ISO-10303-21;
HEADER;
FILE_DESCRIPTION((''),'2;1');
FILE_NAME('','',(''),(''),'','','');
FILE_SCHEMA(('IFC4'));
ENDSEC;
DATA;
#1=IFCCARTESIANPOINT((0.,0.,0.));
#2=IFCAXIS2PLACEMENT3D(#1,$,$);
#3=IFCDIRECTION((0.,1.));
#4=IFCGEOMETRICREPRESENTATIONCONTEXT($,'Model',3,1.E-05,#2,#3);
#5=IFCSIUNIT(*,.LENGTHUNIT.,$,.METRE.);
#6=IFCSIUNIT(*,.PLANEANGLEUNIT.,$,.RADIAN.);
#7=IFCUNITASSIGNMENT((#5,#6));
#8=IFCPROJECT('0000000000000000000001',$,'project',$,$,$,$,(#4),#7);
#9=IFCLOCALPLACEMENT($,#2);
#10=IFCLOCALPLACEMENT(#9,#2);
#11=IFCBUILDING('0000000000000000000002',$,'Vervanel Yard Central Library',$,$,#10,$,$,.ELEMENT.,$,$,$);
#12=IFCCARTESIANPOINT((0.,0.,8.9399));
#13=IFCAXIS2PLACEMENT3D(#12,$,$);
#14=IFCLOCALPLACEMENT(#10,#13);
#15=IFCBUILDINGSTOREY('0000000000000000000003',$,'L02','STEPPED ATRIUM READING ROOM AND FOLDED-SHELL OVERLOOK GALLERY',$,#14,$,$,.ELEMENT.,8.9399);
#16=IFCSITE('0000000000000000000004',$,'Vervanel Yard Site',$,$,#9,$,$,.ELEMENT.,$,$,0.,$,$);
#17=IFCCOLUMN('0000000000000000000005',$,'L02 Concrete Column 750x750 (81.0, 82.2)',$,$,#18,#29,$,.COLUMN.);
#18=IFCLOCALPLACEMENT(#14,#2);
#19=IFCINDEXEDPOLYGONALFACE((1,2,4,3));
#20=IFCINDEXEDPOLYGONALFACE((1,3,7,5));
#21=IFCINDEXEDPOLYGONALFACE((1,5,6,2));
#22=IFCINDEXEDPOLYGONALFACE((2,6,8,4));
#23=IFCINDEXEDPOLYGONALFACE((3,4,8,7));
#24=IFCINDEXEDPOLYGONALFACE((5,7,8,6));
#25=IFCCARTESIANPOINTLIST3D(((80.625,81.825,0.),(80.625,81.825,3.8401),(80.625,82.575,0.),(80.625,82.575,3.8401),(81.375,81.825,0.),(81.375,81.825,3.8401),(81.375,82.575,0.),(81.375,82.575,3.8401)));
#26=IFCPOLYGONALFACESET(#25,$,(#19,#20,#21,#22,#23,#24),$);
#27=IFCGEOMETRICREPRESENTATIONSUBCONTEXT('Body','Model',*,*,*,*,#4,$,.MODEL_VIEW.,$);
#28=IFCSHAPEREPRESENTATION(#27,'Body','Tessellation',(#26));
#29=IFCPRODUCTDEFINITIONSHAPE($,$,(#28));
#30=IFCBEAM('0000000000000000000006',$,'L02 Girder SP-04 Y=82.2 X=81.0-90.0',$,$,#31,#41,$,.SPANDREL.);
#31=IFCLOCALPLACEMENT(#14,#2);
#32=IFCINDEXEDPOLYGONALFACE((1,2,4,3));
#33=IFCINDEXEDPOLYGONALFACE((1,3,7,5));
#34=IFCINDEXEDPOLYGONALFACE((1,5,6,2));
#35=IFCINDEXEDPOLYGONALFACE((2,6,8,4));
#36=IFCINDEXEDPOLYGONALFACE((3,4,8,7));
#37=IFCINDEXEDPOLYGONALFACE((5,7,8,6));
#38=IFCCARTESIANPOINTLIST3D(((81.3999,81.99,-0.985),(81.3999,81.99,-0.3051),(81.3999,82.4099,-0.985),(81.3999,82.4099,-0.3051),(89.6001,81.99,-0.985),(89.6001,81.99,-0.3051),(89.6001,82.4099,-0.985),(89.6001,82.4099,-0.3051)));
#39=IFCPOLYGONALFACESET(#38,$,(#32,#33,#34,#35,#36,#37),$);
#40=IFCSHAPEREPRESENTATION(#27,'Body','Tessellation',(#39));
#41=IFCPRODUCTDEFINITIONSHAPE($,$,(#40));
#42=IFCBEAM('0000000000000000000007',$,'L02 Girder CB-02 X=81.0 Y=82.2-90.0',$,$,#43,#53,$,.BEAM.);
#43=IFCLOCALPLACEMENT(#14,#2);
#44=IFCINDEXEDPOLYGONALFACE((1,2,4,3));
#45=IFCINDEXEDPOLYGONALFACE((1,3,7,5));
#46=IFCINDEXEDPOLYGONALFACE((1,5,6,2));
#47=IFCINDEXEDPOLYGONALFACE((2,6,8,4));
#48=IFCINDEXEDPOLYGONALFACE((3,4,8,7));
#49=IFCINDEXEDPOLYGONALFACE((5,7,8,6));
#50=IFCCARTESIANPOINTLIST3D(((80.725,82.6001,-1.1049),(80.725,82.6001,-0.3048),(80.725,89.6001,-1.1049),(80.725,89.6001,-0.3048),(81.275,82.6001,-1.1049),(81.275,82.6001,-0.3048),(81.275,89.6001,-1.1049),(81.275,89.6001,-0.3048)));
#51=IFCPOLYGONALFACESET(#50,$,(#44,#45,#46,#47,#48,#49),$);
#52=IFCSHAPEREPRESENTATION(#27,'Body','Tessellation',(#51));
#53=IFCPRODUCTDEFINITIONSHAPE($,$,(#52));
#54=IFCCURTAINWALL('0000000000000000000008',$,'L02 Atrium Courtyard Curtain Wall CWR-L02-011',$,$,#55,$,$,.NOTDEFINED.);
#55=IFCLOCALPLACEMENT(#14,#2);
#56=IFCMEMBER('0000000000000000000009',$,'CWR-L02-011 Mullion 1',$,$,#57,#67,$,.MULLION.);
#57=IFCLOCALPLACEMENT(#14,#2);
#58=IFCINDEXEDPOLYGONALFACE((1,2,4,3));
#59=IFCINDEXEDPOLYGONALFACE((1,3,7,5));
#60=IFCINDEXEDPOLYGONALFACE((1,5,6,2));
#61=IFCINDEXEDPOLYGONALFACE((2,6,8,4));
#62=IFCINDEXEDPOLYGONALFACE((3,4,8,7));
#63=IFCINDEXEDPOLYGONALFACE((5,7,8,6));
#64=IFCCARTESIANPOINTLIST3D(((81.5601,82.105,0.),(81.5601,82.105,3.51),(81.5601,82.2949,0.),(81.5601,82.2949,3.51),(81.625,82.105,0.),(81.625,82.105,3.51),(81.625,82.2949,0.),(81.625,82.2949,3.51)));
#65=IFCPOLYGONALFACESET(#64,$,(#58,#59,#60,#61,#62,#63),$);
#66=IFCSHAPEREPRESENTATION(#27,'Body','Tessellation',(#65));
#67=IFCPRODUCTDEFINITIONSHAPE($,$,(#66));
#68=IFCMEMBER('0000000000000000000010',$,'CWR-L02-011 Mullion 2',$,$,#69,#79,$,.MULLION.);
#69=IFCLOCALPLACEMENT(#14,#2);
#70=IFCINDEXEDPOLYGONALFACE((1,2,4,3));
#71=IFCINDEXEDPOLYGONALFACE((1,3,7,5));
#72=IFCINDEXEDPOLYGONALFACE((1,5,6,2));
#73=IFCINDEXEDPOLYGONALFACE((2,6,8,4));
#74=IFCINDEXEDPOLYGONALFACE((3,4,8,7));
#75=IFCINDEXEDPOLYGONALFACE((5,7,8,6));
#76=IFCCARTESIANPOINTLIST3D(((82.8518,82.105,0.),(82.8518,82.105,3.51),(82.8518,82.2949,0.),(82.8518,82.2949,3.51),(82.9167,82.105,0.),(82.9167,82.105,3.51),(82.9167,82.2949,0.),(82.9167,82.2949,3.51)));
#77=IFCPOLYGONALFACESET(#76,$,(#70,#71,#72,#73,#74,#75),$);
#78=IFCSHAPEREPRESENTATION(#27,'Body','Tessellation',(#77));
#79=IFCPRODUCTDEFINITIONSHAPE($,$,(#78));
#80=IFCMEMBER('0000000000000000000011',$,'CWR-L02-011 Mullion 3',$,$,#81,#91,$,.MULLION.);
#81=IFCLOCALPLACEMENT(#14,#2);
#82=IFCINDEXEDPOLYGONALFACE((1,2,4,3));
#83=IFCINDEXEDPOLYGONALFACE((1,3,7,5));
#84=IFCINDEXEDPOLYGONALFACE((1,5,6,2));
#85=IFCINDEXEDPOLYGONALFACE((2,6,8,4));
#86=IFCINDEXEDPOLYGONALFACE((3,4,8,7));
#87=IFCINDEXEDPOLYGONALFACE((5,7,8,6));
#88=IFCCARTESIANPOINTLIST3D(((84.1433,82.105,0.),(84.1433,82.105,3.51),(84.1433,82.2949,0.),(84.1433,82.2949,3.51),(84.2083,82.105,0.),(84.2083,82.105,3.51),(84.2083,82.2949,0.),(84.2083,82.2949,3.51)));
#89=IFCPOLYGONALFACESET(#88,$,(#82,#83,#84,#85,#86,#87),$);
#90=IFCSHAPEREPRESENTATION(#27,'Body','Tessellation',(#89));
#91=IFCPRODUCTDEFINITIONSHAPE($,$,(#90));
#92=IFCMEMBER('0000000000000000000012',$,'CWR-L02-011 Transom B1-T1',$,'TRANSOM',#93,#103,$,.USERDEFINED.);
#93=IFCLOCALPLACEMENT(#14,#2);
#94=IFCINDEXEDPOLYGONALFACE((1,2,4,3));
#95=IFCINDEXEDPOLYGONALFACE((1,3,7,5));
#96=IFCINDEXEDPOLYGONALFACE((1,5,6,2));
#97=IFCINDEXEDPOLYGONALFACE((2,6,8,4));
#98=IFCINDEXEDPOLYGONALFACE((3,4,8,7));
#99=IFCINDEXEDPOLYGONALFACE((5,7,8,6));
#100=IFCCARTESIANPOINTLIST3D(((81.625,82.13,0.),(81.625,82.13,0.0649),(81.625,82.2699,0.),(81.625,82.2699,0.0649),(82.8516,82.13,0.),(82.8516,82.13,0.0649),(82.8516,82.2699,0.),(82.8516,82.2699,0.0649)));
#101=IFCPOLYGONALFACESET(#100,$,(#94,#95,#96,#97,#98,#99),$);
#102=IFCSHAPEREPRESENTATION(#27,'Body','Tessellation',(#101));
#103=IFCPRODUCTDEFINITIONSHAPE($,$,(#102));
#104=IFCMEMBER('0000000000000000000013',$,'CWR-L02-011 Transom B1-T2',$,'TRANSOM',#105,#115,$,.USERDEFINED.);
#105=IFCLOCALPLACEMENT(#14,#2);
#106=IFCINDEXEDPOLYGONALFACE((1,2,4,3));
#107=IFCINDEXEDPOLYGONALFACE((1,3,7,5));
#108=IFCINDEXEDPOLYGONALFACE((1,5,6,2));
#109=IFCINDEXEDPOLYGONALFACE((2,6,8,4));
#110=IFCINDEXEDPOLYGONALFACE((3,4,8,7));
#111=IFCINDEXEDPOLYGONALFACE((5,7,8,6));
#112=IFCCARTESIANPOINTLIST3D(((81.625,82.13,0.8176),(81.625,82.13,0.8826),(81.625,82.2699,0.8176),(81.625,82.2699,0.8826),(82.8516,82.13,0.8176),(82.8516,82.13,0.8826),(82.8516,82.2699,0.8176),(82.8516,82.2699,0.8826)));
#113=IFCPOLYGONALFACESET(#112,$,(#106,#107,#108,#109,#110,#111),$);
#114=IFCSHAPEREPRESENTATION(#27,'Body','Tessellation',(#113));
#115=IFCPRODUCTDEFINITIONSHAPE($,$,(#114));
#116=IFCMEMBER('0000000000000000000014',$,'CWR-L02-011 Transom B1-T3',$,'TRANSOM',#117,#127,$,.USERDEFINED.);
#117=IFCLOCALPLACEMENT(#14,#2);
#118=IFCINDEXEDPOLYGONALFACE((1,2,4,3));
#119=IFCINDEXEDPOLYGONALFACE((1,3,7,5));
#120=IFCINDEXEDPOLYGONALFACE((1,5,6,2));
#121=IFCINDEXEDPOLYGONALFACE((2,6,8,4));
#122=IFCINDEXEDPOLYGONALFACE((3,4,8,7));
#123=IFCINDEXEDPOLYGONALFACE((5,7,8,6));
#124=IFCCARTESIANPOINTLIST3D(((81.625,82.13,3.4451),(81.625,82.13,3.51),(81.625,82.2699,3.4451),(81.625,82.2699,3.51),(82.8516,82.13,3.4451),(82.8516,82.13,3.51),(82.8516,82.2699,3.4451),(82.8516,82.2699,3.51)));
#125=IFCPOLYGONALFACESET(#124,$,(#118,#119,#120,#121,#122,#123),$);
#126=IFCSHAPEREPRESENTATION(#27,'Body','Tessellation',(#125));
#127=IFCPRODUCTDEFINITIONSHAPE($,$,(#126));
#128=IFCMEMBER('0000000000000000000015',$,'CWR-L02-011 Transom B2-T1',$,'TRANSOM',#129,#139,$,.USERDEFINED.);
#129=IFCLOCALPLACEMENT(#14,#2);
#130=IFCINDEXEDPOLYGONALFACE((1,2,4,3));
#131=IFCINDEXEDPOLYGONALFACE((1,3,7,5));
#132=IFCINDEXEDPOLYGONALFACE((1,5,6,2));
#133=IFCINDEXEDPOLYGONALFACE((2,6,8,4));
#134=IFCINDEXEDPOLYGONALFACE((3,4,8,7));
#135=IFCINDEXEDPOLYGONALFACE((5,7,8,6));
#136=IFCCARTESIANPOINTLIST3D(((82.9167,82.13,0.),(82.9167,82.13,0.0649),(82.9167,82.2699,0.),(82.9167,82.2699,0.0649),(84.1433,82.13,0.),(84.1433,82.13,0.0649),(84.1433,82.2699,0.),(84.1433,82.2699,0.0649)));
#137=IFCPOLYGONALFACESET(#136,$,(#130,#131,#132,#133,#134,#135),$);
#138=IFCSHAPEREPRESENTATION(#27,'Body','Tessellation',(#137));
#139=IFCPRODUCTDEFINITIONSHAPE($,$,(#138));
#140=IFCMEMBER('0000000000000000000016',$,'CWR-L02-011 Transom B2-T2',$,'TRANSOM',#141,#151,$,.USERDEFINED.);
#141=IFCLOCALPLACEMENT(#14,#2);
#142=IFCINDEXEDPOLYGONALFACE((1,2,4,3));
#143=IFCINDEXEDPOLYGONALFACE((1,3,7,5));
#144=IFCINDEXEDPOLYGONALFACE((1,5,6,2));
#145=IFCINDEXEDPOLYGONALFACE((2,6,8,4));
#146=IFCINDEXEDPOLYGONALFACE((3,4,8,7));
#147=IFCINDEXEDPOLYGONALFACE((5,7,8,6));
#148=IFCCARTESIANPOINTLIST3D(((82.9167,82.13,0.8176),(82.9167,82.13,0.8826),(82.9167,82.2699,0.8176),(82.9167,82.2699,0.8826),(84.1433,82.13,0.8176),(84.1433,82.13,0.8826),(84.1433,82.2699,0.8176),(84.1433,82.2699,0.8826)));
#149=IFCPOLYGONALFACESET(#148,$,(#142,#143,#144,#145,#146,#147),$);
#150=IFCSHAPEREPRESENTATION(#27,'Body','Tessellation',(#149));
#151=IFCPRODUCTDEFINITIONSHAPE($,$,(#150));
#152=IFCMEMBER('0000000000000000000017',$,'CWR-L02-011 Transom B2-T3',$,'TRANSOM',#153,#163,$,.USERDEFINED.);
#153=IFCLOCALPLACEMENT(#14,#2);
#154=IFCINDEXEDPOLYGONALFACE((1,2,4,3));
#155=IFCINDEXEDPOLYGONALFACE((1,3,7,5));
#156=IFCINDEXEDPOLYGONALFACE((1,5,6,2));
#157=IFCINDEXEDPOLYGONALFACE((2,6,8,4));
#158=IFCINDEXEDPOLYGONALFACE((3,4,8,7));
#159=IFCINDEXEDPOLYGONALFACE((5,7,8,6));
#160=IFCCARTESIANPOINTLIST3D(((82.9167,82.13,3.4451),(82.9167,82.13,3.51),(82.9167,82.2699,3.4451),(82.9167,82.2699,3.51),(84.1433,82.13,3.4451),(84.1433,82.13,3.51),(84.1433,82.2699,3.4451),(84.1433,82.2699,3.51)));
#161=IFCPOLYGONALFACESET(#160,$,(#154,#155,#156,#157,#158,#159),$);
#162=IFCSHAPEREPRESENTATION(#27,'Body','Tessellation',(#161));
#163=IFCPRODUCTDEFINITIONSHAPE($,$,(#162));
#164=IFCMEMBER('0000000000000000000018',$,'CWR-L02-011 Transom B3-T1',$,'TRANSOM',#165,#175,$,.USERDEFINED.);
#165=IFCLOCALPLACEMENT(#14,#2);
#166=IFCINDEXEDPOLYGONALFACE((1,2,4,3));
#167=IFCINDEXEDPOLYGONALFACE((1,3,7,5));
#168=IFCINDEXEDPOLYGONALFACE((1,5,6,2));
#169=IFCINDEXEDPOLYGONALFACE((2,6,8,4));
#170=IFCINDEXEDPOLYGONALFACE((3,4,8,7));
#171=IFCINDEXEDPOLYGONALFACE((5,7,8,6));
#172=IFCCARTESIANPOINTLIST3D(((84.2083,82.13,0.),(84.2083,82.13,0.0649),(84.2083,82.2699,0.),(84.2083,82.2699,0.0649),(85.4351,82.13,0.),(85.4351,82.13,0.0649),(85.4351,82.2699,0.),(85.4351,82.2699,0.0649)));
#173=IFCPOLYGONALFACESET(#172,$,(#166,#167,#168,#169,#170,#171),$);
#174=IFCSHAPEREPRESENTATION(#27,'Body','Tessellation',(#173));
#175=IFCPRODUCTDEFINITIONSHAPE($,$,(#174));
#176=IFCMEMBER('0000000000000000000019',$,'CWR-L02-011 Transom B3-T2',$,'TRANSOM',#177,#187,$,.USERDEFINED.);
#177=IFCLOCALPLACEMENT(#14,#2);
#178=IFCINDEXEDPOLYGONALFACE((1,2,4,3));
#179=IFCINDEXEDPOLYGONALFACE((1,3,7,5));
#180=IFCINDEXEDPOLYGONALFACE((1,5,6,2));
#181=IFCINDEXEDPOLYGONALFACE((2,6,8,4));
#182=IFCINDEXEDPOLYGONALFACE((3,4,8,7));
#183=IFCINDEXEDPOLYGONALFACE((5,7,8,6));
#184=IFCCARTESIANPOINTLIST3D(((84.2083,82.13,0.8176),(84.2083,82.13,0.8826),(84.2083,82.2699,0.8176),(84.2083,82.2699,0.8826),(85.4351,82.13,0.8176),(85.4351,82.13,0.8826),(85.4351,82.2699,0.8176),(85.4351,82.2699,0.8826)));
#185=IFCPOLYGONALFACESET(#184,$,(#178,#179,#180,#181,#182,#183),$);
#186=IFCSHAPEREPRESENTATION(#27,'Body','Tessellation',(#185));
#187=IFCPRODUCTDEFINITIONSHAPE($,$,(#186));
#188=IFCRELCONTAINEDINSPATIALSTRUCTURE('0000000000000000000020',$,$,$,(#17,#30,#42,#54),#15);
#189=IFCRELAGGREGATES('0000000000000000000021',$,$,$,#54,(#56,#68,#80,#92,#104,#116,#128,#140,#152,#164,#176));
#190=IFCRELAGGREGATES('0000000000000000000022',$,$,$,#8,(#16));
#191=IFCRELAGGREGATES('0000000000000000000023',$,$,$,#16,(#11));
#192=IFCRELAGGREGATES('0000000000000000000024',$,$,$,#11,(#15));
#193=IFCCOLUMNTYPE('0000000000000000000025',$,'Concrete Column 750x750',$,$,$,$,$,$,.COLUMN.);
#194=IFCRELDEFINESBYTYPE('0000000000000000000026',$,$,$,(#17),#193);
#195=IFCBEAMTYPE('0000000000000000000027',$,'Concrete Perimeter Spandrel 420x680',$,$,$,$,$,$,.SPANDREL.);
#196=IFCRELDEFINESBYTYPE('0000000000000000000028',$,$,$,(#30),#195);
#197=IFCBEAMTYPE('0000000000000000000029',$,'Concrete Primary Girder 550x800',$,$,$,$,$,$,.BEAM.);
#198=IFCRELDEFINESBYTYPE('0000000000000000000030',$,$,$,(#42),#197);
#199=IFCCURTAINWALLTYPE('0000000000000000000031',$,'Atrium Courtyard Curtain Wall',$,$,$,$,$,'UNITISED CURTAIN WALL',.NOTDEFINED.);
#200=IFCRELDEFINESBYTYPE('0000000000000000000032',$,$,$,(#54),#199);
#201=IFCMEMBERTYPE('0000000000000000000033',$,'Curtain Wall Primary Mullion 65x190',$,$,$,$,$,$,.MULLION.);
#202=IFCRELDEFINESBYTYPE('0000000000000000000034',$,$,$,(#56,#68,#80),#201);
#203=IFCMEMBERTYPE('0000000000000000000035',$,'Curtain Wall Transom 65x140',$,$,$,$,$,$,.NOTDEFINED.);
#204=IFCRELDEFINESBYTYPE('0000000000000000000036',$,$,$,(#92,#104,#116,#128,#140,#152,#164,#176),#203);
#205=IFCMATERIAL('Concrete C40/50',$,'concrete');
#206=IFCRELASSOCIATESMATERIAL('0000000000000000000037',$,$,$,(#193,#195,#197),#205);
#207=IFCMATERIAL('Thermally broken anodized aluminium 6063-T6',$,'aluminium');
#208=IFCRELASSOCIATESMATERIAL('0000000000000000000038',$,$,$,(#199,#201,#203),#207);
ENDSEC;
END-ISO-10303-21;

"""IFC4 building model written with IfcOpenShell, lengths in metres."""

from ifc_helpers import new_model, si_unit, direction, frame, origin, origin_2d, place, context, subcontext, project, spatial, rectangle, extrude, material, material_profile, profile_set, type_object, element, aggregate, save


model = new_model("IFC4")

# Units and contexts
model_context = context("Model", 3, precision=1e-05, world=origin(), true_north=direction((0.0, 1.0)))
body_context = subcontext(model_context, "Body", "Model", "MODEL_VIEW")
ifc_project = project(units=[si_unit("LENGTHUNIT", "METRE"), si_unit("PLANEANGLEUNIT", "RADIAN")], contexts=[model_context])

# Site, building, storey
site_placement = place(None, origin())
site = spatial("IfcSite", under=ifc_project, at=site_placement, Name="Vervanel Yard Site", CompositionType="ELEMENT", RefElevation=0.0)
building_placement = place(site_placement, origin())
building = spatial("IfcBuilding", under=site, at=building_placement, Name="Vervanel Yard Central Library", CompositionType="ELEMENT")
storey_placement = place(building_placement, frame((0.0, 0.0, 8.9399)))
storey = spatial("IfcBuildingStorey", under=building, at=storey_placement, Name="L02", Description="STEPPED ATRIUM READING ROOM AND FOLDED-SHELL OVERLOOK GALLERY", CompositionType="ELEMENT", Elevation=8.9399)

# Column
ifc_material_1 = material(Name="Concrete C40/50", Category="concrete")
ifc_material_profile_1 = material_profile(ifc_material_1, rectangle(XDim=0.75, YDim=0.75, at=origin_2d()), Name="RC 750x750", Category="concrete")
ifc_profile_set_1 = profile_set([ifc_material_profile_1], Name="Concrete C40/50")
column_type = type_object("IfcColumnType", Name="Concrete Column 750x750", PredefinedType="COLUMN", material=ifc_profile_set_1)
column_placement = place(storey_placement, frame((81.0, 82.2, 0.0), z_axis=(0.0, 0.0, 1.0), x_axis=(1.0, 0.0, 0.0)))
element("IfcColumn", 1, at=column_placement, inside=storey, type_object=column_type, Name="L02 Concrete Column 750x750 (81.0, 82.2)", PredefinedType="COLUMN", context=body_context, shape_type="SweptSolid", body=[
    extrude(rectangle(XDim=0.75, YDim=0.75, at=origin_2d()), origin(), (0.0, 0.0, 1.0), 3.8401),
])

# Beams
ifc_material_profile_2 = material_profile(ifc_material_1, rectangle(XDim=0.4199, YDim=0.6799, at=origin_2d()), Name="RC 420x680", Category="concrete")
ifc_profile_set_2 = profile_set([ifc_material_profile_2], Name="Concrete C40/50")
beam_type_1 = type_object("IfcBeamType", Name="Concrete Perimeter Spandrel 420x680", PredefinedType="SPANDREL", material=ifc_profile_set_2)
beam_1_placement = place(storey_placement, frame((81.3999, 82.2, -0.645), z_axis=(1.0, 0.0, 0.0), x_axis=(0.0, 1.0, 0.0)))
element("IfcBeam", 2, at=beam_1_placement, inside=storey, type_object=beam_type_1, Name="L02 Girder SP-04 Y=82.2 X=81.0-90.0", PredefinedType="SPANDREL", context=body_context, shape_type="SweptSolid", body=[
    extrude(rectangle(XDim=0.4199, YDim=0.6799, at=origin_2d()), origin(), (0.0, 0.0, 1.0), 8.2002),
])
ifc_material_profile_3 = material_profile(ifc_material_1, rectangle(XDim=0.55, YDim=0.8, at=origin_2d()), Name="RC 550x800", Category="concrete")
ifc_profile_set_3 = profile_set([ifc_material_profile_3], Name="Concrete C40/50")
beam_type_2 = type_object("IfcBeamType", Name="Concrete Primary Girder 550x800", PredefinedType="BEAM", material=ifc_profile_set_3)
beam_2_placement = place(storey_placement, frame((81.0, 82.6001, -0.7048), z_axis=(0.0, 1.0, 0.0), x_axis=(-1.0, 0.0, 0.0)))
element("IfcBeam", 3, at=beam_2_placement, inside=storey, type_object=beam_type_2, Name="L02 Girder CB-02 X=81.0 Y=82.2-90.0", PredefinedType="BEAM", context=body_context, shape_type="SweptSolid", body=[
    extrude(rectangle(XDim=0.55, YDim=0.8, at=origin_2d()), origin(), (0.0, 0.0, 1.0), 7.0),
])

# Curtain wall, members
ifc_material_2 = material(Name="Thermally broken anodized aluminium 6063-T6", Category="aluminium")
curtain_wall_type = type_object("IfcCurtainWallType", Name="Atrium Courtyard Curtain Wall", ElementType="UNITISED CURTAIN WALL", PredefinedType="NOTDEFINED", material=ifc_material_2)
curtain_wall_placement = place(storey_placement, origin())
curtain_wall = element("IfcCurtainWall", 4, at=curtain_wall_placement, inside=storey, type_object=curtain_wall_type, Name="L02 Atrium Courtyard Curtain Wall CWR-L02-011", PredefinedType="NOTDEFINED")
ifc_material_profile_4 = material_profile(ifc_material_2, rectangle(XDim=0.0649, YDim=0.1899, at=origin_2d()), Name="ALU 65x190", Category="aluminium")
ifc_profile_set_4 = profile_set([ifc_material_profile_4], Name="Thermally broken anodized aluminium 6063-T6")
member_type_1 = type_object("IfcMemberType", Name="Curtain Wall Primary Mullion 65x190", PredefinedType="MULLION", material=ifc_profile_set_4)
member_1_placement = place(storey_placement, frame((81.5925, 82.2, 0.0), z_axis=(0.0, 0.0, 1.0), x_axis=(1.0, 0.0, 0.0)))
member_1 = element("IfcMember", 5, at=member_1_placement, type_object=member_type_1, Name="CWR-L02-011 Mullion 1", PredefinedType="MULLION", context=body_context, shape_type="SweptSolid", body=[
    extrude(rectangle(XDim=0.0649, YDim=0.1899, at=origin_2d()), origin(), (0.0, 0.0, 1.0), 3.51),
])
member_2_placement = place(storey_placement, frame((82.8843, 82.2, 0.0), z_axis=(0.0, 0.0, 1.0), x_axis=(1.0, 0.0, 0.0)))
member_2 = element("IfcMember", 6, at=member_2_placement, type_object=member_type_1, Name="CWR-L02-011 Mullion 2", PredefinedType="MULLION", context=body_context, shape_type="SweptSolid", body=[
    extrude(rectangle(XDim=0.0649, YDim=0.1899, at=origin_2d()), origin(), (0.0, 0.0, 1.0), 3.51),
])
member_3_placement = place(storey_placement, frame((84.1758, 82.2, 0.0), z_axis=(0.0, 0.0, 1.0), x_axis=(1.0, 0.0, 0.0)))
member_3 = element("IfcMember", 7, at=member_3_placement, type_object=member_type_1, Name="CWR-L02-011 Mullion 3", PredefinedType="MULLION", context=body_context, shape_type="SweptSolid", body=[
    extrude(rectangle(XDim=0.0649, YDim=0.1899, at=origin_2d()), origin(), (0.0, 0.0, 1.0), 3.51),
])
ifc_material_profile_5 = material_profile(ifc_material_2, rectangle(XDim=0.0649, YDim=0.1399, at=origin_2d()), Name="ALU 65x140", Category="aluminium")
ifc_profile_set_5 = profile_set([ifc_material_profile_5], Name="Thermally broken anodized aluminium 6063-T6")
member_type_2 = type_object("IfcMemberType", Name="Curtain Wall Transom 65x140", PredefinedType="NOTDEFINED", material=ifc_profile_set_5)
member_4_placement = place(storey_placement, frame((81.625, 82.2, 0.0325), z_axis=(1.0, 0.0, 0.0), x_axis=(0.0, 0.0, 1.0)))
member_4 = element("IfcMember", 8, at=member_4_placement, type_object=member_type_2, Name="CWR-L02-011 Transom B1-T1", ObjectType="TRANSOM", PredefinedType="USERDEFINED", context=body_context, shape_type="SweptSolid", body=[
    extrude(rectangle(XDim=0.0649, YDim=0.1399, at=origin_2d()), origin(), (0.0, 0.0, 1.0), 1.2266),
])
member_5_placement = place(storey_placement, frame((81.625, 82.2, 0.8501), z_axis=(1.0, 0.0, 0.0), x_axis=(0.0, 0.0, 1.0)))
member_5 = element("IfcMember", 9, at=member_5_placement, type_object=member_type_2, Name="CWR-L02-011 Transom B1-T2", ObjectType="TRANSOM", PredefinedType="USERDEFINED", context=body_context, shape_type="SweptSolid", body=[
    extrude(rectangle(XDim=0.0649, YDim=0.1399, at=origin_2d()), origin(), (0.0, 0.0, 1.0), 1.2266),
])
member_6_placement = place(storey_placement, frame((81.625, 82.2, 3.4775), z_axis=(1.0, 0.0, 0.0), x_axis=(0.0, 0.0, 1.0)))
member_6 = element("IfcMember", 10, at=member_6_placement, type_object=member_type_2, Name="CWR-L02-011 Transom B1-T3", ObjectType="TRANSOM", PredefinedType="USERDEFINED", context=body_context, shape_type="SweptSolid", body=[
    extrude(rectangle(XDim=0.0649, YDim=0.1399, at=origin_2d()), origin(), (0.0, 0.0, 1.0), 1.2266),
])
member_7_placement = place(storey_placement, frame((82.9167, 82.2, 0.0325), z_axis=(1.0, 0.0, 0.0), x_axis=(0.0, 0.0, 1.0)))
member_7 = element("IfcMember", 11, at=member_7_placement, type_object=member_type_2, Name="CWR-L02-011 Transom B2-T1", ObjectType="TRANSOM", PredefinedType="USERDEFINED", context=body_context, shape_type="SweptSolid", body=[
    extrude(rectangle(XDim=0.0649, YDim=0.1399, at=origin_2d()), origin(), (0.0, 0.0, 1.0), 1.2266),
])
member_8_placement = place(storey_placement, frame((82.9167, 82.2, 0.8501), z_axis=(1.0, 0.0, 0.0), x_axis=(0.0, 0.0, 1.0)))
member_8 = element("IfcMember", 12, at=member_8_placement, type_object=member_type_2, Name="CWR-L02-011 Transom B2-T2", ObjectType="TRANSOM", PredefinedType="USERDEFINED", context=body_context, shape_type="SweptSolid", body=[
    extrude(rectangle(XDim=0.0649, YDim=0.1399, at=origin_2d()), origin(), (0.0, 0.0, 1.0), 1.2266),
])
member_9_placement = place(storey_placement, frame((82.9167, 82.2, 3.4775), z_axis=(1.0, 0.0, 0.0), x_axis=(0.0, 0.0, 1.0)))
member_9 = element("IfcMember", 13, at=member_9_placement, type_object=member_type_2, Name="CWR-L02-011 Transom B2-T3", ObjectType="TRANSOM", PredefinedType="USERDEFINED", context=body_context, shape_type="SweptSolid", body=[
    extrude(rectangle(XDim=0.0649, YDim=0.1399, at=origin_2d()), origin(), (0.0, 0.0, 1.0), 1.2266),
])
member_10_placement = place(storey_placement, frame((84.2083, 82.2, 0.0325), z_axis=(1.0, 0.0, 0.0), x_axis=(0.0, 0.0, 1.0)))
member_10 = element("IfcMember", 14, at=member_10_placement, type_object=member_type_2, Name="CWR-L02-011 Transom B3-T1", ObjectType="TRANSOM", PredefinedType="USERDEFINED", context=body_context, shape_type="SweptSolid", body=[
    extrude(rectangle(XDim=0.0649, YDim=0.1399, at=origin_2d()), origin(), (0.0, 0.0, 1.0), 1.2268),
])
member_11_placement = place(storey_placement, frame((84.2083, 82.2, 0.8501), z_axis=(1.0, 0.0, 0.0), x_axis=(0.0, 0.0, 1.0)))
member_11 = element("IfcMember", 15, at=member_11_placement, type_object=member_type_2, Name="CWR-L02-011 Transom B3-T2", ObjectType="TRANSOM", PredefinedType="USERDEFINED", context=body_context, shape_type="SweptSolid", body=[
    extrude(rectangle(XDim=0.0649, YDim=0.1399, at=origin_2d()), origin(), (0.0, 0.0, 1.0), 1.2268),
])
aggregate(curtain_wall, [member_1, member_2, member_3, member_4, member_5, member_6, member_7, member_8, member_9, member_10, member_11])

save(model, "model.ifc")
